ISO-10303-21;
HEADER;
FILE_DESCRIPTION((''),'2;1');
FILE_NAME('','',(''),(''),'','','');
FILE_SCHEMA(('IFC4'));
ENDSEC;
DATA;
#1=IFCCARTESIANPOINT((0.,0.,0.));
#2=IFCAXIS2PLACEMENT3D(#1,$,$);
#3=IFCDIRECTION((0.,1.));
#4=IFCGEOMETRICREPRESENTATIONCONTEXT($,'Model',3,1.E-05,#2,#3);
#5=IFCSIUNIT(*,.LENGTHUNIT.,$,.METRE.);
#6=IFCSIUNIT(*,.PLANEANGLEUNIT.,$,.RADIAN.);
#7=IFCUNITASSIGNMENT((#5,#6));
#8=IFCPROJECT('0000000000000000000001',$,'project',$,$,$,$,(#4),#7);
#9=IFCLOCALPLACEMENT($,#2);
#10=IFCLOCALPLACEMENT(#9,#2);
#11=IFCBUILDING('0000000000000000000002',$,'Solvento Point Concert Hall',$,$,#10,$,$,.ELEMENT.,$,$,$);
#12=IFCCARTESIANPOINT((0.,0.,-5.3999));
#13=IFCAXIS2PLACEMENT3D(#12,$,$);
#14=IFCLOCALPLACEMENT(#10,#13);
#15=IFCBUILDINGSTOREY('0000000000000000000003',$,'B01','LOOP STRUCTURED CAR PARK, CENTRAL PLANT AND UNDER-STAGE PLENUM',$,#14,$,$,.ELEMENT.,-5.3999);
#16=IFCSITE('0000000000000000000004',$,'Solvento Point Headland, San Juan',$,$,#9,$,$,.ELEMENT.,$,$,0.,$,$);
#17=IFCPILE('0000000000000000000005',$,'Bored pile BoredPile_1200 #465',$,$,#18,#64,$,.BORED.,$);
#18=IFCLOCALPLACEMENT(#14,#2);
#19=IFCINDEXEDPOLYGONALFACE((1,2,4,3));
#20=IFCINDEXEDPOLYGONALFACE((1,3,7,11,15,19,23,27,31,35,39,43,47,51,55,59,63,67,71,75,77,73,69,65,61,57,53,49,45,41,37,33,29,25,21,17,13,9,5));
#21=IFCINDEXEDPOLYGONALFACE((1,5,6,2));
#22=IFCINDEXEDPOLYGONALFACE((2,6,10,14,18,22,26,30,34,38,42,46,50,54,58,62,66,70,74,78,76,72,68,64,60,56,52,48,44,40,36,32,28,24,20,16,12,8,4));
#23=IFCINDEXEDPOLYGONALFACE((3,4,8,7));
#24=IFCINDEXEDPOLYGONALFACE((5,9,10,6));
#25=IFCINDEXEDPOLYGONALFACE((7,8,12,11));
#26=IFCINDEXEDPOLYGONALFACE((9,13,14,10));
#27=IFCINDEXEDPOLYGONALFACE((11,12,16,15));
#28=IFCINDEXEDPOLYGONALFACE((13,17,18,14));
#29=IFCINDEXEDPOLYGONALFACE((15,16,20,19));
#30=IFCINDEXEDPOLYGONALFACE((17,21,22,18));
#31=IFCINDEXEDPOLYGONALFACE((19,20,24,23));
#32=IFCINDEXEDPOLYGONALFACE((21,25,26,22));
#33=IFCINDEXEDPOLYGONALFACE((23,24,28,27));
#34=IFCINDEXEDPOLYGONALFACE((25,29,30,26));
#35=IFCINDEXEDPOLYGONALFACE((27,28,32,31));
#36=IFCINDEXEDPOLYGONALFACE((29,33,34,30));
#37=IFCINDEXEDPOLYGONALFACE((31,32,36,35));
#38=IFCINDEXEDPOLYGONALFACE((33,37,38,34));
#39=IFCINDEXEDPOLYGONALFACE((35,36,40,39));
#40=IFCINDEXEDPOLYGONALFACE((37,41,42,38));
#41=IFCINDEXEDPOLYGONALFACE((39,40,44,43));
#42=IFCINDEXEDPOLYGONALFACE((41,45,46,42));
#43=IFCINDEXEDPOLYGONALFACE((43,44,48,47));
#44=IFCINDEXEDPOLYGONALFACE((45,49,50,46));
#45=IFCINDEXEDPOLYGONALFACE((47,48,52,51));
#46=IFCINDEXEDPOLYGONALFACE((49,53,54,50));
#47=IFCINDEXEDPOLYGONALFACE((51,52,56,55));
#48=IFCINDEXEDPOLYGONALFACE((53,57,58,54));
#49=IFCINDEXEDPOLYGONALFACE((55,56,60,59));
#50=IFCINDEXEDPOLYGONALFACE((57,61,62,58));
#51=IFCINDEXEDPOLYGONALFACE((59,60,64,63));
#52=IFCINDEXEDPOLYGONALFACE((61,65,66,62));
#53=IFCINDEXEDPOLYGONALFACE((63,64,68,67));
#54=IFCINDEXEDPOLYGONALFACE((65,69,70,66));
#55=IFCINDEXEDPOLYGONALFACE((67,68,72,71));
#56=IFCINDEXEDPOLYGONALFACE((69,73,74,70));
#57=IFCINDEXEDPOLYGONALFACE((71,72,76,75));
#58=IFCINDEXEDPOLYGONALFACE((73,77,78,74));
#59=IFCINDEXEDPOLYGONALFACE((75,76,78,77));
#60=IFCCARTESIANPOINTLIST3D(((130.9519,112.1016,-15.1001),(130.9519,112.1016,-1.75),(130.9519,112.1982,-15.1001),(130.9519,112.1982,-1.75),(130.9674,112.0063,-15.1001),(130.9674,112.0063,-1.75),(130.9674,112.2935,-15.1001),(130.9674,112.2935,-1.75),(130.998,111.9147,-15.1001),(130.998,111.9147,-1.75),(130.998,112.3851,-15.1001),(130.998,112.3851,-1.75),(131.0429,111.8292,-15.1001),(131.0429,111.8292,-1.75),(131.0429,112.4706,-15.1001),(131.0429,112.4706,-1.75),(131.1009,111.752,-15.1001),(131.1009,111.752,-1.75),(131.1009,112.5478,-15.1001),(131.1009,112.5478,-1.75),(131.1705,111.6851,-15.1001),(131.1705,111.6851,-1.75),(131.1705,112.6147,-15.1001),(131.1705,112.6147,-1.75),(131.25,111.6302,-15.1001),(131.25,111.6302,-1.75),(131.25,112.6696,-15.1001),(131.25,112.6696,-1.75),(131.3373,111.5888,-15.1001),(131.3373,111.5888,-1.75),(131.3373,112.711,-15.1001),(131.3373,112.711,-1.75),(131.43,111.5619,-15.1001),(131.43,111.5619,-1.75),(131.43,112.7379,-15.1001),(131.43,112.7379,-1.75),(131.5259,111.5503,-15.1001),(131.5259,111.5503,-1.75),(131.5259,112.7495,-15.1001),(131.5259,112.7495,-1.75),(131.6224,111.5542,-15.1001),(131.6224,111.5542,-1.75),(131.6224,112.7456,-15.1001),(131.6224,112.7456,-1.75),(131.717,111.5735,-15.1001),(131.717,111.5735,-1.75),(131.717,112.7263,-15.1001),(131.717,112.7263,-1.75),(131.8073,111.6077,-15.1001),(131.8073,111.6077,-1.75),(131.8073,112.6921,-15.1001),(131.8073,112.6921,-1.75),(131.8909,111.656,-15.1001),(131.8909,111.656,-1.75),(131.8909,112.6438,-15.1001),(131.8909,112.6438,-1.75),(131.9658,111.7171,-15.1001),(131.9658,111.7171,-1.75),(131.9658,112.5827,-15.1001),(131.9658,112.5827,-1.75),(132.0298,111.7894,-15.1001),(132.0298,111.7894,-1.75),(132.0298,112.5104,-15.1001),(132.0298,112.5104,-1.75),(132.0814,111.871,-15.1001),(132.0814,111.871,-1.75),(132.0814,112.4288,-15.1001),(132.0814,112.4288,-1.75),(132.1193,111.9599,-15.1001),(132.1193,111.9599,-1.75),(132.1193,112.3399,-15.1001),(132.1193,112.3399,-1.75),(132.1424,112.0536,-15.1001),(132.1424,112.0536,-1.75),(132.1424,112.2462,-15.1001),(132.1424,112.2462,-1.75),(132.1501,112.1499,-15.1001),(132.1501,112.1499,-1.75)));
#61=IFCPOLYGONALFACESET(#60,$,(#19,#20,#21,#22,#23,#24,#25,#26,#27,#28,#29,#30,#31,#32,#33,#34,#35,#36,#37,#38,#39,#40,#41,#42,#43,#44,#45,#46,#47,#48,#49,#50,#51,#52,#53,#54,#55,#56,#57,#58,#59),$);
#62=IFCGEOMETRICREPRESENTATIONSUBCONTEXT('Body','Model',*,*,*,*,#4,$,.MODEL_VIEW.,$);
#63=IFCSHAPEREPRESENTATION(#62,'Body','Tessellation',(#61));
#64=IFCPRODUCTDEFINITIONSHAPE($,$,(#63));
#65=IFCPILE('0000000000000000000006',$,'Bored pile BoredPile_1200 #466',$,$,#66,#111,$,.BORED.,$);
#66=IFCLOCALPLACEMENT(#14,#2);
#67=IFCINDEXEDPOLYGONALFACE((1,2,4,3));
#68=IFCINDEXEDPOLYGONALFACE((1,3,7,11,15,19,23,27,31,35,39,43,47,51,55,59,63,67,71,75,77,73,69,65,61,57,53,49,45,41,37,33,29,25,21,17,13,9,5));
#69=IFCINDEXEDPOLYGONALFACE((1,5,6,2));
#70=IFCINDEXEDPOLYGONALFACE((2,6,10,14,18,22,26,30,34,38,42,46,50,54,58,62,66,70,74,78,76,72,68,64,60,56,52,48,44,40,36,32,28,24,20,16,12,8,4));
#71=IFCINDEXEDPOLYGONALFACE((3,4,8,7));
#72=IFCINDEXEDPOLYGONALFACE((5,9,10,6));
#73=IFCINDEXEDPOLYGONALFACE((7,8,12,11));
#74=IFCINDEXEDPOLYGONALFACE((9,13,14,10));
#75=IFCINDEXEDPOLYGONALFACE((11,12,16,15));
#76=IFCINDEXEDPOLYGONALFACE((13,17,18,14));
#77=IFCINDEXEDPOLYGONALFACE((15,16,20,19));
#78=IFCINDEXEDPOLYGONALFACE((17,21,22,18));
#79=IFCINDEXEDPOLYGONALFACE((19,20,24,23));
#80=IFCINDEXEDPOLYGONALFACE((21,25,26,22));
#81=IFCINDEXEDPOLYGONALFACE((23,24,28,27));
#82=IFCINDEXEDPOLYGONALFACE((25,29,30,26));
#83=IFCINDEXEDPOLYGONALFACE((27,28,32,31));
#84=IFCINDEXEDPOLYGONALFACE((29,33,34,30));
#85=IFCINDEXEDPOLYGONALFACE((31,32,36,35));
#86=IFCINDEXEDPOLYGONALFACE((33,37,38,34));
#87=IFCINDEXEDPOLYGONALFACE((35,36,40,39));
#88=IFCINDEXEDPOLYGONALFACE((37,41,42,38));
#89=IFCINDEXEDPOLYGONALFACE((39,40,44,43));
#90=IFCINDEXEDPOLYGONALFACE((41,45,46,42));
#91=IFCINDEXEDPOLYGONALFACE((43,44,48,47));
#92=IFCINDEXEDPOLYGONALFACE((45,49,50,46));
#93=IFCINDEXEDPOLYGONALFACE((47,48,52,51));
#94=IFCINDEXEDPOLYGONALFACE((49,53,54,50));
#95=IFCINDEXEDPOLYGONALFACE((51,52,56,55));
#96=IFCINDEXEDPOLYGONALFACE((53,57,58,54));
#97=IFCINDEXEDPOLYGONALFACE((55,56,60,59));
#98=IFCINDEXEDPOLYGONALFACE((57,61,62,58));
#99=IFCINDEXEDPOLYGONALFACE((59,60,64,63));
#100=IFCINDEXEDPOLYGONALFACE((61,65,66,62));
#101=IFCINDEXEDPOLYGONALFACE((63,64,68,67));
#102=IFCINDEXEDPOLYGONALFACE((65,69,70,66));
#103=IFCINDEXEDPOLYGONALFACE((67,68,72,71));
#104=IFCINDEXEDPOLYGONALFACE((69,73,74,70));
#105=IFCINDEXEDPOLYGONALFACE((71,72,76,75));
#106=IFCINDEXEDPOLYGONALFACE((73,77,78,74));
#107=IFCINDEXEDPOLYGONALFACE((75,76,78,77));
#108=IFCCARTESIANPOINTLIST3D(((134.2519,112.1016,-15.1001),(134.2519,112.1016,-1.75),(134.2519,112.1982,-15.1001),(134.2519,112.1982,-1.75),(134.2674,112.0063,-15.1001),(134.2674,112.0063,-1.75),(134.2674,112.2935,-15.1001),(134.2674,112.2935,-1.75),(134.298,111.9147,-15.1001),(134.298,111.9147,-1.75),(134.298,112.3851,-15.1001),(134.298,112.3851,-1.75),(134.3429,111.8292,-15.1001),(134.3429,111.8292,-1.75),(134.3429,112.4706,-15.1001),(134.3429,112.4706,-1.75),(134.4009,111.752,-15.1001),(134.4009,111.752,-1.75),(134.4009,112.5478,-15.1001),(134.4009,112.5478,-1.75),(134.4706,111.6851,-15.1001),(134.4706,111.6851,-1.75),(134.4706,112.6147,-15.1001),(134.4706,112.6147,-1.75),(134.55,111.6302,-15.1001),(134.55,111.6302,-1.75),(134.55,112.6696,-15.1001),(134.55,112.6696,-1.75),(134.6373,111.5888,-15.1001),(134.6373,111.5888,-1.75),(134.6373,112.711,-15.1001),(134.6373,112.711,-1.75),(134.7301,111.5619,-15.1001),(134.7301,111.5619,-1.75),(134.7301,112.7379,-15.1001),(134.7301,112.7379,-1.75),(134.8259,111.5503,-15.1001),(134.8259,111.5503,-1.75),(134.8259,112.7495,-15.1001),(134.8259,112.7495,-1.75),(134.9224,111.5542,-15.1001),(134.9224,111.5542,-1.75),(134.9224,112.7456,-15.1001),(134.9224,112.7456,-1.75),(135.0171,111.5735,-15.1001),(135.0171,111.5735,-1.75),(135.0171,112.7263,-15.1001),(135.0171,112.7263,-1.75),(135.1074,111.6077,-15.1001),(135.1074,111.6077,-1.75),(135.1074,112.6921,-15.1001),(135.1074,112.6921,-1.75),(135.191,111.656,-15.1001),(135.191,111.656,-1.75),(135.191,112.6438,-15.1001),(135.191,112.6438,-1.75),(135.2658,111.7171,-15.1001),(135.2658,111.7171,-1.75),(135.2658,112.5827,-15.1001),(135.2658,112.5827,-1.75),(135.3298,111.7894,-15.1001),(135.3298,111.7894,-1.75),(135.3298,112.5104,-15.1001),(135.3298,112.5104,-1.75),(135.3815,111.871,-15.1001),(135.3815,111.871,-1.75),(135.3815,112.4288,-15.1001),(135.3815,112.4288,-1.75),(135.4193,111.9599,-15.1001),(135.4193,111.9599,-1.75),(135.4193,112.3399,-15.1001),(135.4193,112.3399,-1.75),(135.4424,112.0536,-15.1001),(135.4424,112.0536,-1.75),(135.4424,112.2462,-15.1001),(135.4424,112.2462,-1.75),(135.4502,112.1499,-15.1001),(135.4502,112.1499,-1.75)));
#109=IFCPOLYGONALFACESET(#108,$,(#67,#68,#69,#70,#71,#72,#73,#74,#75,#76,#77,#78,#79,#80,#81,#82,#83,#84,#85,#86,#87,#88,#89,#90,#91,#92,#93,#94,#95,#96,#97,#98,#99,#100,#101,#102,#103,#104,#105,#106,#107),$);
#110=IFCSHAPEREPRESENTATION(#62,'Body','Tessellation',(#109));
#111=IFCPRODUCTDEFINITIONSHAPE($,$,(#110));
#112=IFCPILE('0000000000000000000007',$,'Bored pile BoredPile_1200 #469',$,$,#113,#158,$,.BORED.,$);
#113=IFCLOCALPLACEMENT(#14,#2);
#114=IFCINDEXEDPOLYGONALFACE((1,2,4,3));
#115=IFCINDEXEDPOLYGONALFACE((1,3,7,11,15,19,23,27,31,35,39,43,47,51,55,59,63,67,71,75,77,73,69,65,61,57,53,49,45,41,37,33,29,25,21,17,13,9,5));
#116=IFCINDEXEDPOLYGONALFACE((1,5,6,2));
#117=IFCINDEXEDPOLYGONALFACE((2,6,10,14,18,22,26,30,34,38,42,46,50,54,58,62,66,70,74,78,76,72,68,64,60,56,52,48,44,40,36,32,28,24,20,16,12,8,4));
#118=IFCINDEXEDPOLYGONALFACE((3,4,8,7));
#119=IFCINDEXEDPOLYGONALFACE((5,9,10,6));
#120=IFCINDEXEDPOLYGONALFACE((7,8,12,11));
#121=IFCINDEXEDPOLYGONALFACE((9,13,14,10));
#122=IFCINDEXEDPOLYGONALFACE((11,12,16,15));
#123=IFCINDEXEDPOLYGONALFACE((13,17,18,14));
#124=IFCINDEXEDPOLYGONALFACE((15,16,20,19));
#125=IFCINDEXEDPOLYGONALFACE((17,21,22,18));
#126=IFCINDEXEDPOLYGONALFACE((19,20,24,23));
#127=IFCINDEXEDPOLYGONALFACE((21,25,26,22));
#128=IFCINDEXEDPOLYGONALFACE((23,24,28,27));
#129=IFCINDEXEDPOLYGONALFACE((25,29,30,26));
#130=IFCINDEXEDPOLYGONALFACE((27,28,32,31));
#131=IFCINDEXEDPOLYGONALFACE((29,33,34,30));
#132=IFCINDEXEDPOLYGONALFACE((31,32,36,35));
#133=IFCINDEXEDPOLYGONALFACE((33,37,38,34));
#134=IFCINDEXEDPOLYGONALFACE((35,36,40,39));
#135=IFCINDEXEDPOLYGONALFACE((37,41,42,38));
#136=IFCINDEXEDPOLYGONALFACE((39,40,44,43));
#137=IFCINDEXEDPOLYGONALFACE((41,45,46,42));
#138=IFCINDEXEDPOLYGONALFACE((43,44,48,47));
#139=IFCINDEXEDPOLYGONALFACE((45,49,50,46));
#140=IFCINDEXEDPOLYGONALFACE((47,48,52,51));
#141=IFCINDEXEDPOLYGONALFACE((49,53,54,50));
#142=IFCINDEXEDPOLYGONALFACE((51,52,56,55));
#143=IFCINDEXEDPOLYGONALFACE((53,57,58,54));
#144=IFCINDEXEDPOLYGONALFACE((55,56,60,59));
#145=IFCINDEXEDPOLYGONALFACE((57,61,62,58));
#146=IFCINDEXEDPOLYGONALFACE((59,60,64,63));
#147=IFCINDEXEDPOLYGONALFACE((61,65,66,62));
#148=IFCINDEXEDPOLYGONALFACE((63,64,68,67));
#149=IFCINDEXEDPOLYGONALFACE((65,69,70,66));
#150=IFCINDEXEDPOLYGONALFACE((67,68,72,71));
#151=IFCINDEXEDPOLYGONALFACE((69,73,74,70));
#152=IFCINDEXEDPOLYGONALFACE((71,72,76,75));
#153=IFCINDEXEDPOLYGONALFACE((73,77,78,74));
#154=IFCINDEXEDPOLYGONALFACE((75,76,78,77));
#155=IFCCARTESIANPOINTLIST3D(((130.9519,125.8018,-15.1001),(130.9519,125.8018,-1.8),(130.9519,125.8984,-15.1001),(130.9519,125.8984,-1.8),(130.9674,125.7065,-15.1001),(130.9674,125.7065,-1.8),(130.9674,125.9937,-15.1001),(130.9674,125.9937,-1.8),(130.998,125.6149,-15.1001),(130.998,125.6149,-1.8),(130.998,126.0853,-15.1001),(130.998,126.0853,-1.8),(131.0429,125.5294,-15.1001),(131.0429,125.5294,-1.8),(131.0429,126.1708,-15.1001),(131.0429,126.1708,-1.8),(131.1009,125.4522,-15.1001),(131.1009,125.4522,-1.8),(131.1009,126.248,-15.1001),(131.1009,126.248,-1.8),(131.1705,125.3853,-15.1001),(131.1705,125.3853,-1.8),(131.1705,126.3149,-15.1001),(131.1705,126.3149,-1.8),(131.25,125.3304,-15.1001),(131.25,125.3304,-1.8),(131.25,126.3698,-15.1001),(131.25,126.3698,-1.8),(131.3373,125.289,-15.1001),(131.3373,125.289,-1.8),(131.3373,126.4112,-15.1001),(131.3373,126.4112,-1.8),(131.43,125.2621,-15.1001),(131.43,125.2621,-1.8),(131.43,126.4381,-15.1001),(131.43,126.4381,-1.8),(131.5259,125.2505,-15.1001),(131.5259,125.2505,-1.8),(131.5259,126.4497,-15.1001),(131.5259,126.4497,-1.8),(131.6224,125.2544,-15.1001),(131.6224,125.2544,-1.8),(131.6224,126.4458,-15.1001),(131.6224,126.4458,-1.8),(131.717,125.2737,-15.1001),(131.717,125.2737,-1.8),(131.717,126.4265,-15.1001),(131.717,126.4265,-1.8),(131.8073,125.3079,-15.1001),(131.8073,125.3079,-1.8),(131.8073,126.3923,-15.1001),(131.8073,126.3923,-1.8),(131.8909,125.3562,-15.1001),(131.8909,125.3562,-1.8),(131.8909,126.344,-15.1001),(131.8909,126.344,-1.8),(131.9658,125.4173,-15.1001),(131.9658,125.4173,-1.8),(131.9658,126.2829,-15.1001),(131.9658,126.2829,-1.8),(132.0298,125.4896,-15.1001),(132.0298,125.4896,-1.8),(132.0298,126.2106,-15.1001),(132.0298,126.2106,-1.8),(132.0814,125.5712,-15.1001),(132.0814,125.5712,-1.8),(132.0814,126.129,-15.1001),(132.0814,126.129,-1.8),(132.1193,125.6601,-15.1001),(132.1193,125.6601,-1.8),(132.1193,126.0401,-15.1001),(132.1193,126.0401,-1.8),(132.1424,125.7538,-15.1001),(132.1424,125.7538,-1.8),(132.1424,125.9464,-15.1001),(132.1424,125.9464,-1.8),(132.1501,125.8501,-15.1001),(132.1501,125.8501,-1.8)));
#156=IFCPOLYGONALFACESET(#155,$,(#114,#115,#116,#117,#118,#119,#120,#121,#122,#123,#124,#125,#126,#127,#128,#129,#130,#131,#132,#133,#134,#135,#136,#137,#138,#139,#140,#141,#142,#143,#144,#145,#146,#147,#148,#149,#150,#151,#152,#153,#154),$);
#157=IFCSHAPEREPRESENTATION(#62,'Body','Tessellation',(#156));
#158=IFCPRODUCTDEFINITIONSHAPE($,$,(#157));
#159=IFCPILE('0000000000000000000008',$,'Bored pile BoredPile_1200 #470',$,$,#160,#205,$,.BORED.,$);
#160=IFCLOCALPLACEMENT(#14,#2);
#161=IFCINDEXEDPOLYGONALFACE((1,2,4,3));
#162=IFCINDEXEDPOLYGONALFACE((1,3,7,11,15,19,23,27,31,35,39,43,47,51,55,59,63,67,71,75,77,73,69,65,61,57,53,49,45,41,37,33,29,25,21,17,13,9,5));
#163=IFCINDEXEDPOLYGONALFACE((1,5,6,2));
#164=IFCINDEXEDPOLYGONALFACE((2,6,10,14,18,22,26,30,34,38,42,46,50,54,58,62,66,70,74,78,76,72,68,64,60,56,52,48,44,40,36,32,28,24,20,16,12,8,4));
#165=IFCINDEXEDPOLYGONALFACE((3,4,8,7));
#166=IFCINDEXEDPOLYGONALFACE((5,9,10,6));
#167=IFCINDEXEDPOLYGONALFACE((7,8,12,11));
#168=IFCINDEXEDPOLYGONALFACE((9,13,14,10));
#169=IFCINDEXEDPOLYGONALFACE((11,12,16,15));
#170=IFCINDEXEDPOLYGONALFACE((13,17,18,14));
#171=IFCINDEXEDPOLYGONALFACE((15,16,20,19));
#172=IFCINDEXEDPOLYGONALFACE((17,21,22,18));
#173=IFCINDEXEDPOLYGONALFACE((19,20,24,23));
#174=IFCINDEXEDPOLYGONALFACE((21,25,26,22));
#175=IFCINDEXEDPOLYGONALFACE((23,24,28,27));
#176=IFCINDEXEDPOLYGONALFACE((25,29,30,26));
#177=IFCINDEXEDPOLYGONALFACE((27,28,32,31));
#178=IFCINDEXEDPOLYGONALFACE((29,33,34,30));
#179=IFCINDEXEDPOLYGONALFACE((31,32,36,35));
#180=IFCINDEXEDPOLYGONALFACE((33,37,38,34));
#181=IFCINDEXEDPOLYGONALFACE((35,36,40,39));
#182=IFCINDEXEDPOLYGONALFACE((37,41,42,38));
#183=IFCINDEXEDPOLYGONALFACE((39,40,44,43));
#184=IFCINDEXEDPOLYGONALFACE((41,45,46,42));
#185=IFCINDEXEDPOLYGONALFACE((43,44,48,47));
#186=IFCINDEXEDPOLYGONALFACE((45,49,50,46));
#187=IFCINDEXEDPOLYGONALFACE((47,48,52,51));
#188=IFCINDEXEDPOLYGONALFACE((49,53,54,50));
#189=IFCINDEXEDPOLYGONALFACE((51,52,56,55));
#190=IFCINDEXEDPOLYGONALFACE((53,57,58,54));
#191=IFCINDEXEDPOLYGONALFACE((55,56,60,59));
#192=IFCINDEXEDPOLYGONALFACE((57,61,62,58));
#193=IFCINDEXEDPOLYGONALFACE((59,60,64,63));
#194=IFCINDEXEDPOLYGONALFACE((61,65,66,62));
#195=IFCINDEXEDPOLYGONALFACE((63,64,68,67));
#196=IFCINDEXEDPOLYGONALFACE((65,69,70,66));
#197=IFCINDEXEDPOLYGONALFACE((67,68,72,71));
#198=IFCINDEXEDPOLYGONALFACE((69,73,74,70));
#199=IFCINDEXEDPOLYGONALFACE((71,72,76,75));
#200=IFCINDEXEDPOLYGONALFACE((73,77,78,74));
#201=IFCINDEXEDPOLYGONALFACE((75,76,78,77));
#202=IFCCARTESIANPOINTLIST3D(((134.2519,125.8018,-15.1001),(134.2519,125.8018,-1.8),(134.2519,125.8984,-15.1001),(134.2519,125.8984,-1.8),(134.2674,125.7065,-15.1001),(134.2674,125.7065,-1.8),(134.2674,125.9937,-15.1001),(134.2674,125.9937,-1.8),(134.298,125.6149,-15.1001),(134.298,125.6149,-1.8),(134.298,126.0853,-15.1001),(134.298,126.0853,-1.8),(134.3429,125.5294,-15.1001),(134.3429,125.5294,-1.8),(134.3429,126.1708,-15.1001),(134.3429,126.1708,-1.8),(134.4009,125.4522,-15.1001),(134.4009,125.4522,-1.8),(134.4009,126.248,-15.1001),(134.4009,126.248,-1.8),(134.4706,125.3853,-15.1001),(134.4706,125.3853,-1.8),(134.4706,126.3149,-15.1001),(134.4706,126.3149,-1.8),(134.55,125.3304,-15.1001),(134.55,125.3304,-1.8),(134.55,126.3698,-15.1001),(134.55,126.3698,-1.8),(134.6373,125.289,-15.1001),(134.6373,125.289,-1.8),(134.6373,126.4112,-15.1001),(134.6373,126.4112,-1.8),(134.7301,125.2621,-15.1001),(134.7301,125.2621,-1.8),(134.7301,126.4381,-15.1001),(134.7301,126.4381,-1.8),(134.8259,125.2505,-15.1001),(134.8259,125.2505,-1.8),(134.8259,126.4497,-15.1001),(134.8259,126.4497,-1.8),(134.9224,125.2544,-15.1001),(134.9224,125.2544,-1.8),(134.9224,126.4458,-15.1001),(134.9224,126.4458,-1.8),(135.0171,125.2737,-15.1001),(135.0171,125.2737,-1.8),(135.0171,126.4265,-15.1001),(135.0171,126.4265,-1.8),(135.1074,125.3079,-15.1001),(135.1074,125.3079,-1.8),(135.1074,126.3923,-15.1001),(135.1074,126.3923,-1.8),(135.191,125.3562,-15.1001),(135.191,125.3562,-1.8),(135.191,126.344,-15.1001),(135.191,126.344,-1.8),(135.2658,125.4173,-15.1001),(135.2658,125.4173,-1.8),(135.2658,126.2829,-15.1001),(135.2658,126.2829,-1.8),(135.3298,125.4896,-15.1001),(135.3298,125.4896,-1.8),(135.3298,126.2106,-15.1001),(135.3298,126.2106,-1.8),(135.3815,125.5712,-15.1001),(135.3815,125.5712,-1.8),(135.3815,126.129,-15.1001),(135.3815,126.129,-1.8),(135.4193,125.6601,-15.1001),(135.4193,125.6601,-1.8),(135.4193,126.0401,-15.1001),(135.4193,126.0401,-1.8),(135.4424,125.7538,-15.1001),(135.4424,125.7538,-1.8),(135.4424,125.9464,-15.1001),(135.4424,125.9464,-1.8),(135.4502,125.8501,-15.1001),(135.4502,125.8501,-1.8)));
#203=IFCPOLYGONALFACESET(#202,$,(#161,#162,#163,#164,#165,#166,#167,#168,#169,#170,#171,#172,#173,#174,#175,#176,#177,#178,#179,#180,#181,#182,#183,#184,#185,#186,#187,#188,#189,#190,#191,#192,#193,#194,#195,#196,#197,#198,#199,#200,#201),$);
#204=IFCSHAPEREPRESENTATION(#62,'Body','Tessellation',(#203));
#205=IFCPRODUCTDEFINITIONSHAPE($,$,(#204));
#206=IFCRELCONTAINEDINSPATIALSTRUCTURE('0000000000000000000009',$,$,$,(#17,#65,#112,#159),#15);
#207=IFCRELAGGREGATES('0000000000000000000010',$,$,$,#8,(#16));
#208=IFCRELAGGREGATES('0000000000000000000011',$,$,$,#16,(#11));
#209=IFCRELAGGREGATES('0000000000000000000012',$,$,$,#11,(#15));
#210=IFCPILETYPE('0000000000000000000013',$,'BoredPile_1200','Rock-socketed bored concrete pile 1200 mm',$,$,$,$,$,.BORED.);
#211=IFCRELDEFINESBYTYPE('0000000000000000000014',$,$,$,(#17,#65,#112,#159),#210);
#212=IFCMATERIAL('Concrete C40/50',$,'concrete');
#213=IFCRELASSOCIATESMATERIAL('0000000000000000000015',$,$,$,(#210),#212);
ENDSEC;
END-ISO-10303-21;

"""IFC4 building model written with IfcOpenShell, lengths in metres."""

from ifc_helpers import new_model, si_unit, direction, frame, origin, origin_2d, place, context, subcontext, project, spatial, circle, extrude, material, material_profile, profile_set, type_object, element, save


model = new_model("IFC4")

# Units and contexts
model_context = context("Model", 3, precision=1e-05, world=origin(), true_north=direction((0.0, 1.0)))
body_context = subcontext(model_context, "Body", "Model", "MODEL_VIEW")
ifc_project = project(units=[si_unit("LENGTHUNIT", "METRE"), si_unit("PLANEANGLEUNIT", "RADIAN")], contexts=[model_context])

# Site, building, storey
site_placement = place(None, origin())
site = spatial("IfcSite", under=ifc_project, at=site_placement, Name="Solvento Point Headland, San Juan", CompositionType="ELEMENT", RefElevation=0.0)
building_placement = place(site_placement, origin())
building = spatial("IfcBuilding", under=site, at=building_placement, Name="Solvento Point Concert Hall", CompositionType="ELEMENT")
storey_placement = place(building_placement, frame((0.0, 0.0, -5.3999)))
storey = spatial("IfcBuildingStorey", under=building, at=storey_placement, Name="B01", Description="LOOP STRUCTURED CAR PARK, CENTRAL PLANT AND UNDER-STAGE PLENUM", CompositionType="ELEMENT", Elevation=-5.3999)

# Piles
ifc_material_1 = material(Name="Concrete C40/50", Category="concrete")
ifc_material_profile_1 = material_profile(ifc_material_1, circle(Radius=0.6001, at=origin_2d()), Name="BP-1200")
ifc_profile_set_1 = profile_set([ifc_material_profile_1], Name="Concrete C40/50")
pile_type_1 = type_object("IfcPileType", Name="BoredPile_1200", Description="Rock-socketed bored concrete pile 1200 mm", PredefinedType="BORED", material=ifc_profile_set_1)
for number, where, z_axis, x_axis, name in (
    (1, (131.55, 112.1499, -1.75), (0.0, 0.0, -1.0), (1.0, 0.0, 0.0), "Bored pile BoredPile_1200 #465"),
    (2, (134.8501, 112.1499, -1.75), (0.0, 0.0, -1.0), (1.0, 0.0, 0.0), "Bored pile BoredPile_1200 #466"),
):
    element("IfcPile", number, at=place(storey_placement, frame(where, z_axis=z_axis, x_axis=x_axis)), inside=storey, type_object=pile_type_1, Name=name, PredefinedType="BORED", context=body_context, shape_type="SweptSolid", body=[
        extrude(circle(Radius=0.6001, at=origin_2d()), origin(), (0.0, 0.0, 1.0), 13.3501),
    ])
for number, where, z_axis, x_axis, name in (
    (3, (131.55, 125.8501, -1.8), (0.0, 0.0, -1.0), (1.0, 0.0, 0.0), "Bored pile BoredPile_1200 #469"),
    (4, (134.8501, 125.8501, -1.8), (0.0, 0.0, -1.0), (1.0, 0.0, 0.0), "Bored pile BoredPile_1200 #470"),
):
    element("IfcPile", number, at=place(storey_placement, frame(where, z_axis=z_axis, x_axis=x_axis)), inside=storey, type_object=pile_type_1, Name=name, PredefinedType="BORED", context=body_context, shape_type="SweptSolid", body=[
        extrude(circle(Radius=0.6001, at=origin_2d()), origin(), (0.0, 0.0, 1.0), 13.3),
    ])

save(model, "model.ifc")
